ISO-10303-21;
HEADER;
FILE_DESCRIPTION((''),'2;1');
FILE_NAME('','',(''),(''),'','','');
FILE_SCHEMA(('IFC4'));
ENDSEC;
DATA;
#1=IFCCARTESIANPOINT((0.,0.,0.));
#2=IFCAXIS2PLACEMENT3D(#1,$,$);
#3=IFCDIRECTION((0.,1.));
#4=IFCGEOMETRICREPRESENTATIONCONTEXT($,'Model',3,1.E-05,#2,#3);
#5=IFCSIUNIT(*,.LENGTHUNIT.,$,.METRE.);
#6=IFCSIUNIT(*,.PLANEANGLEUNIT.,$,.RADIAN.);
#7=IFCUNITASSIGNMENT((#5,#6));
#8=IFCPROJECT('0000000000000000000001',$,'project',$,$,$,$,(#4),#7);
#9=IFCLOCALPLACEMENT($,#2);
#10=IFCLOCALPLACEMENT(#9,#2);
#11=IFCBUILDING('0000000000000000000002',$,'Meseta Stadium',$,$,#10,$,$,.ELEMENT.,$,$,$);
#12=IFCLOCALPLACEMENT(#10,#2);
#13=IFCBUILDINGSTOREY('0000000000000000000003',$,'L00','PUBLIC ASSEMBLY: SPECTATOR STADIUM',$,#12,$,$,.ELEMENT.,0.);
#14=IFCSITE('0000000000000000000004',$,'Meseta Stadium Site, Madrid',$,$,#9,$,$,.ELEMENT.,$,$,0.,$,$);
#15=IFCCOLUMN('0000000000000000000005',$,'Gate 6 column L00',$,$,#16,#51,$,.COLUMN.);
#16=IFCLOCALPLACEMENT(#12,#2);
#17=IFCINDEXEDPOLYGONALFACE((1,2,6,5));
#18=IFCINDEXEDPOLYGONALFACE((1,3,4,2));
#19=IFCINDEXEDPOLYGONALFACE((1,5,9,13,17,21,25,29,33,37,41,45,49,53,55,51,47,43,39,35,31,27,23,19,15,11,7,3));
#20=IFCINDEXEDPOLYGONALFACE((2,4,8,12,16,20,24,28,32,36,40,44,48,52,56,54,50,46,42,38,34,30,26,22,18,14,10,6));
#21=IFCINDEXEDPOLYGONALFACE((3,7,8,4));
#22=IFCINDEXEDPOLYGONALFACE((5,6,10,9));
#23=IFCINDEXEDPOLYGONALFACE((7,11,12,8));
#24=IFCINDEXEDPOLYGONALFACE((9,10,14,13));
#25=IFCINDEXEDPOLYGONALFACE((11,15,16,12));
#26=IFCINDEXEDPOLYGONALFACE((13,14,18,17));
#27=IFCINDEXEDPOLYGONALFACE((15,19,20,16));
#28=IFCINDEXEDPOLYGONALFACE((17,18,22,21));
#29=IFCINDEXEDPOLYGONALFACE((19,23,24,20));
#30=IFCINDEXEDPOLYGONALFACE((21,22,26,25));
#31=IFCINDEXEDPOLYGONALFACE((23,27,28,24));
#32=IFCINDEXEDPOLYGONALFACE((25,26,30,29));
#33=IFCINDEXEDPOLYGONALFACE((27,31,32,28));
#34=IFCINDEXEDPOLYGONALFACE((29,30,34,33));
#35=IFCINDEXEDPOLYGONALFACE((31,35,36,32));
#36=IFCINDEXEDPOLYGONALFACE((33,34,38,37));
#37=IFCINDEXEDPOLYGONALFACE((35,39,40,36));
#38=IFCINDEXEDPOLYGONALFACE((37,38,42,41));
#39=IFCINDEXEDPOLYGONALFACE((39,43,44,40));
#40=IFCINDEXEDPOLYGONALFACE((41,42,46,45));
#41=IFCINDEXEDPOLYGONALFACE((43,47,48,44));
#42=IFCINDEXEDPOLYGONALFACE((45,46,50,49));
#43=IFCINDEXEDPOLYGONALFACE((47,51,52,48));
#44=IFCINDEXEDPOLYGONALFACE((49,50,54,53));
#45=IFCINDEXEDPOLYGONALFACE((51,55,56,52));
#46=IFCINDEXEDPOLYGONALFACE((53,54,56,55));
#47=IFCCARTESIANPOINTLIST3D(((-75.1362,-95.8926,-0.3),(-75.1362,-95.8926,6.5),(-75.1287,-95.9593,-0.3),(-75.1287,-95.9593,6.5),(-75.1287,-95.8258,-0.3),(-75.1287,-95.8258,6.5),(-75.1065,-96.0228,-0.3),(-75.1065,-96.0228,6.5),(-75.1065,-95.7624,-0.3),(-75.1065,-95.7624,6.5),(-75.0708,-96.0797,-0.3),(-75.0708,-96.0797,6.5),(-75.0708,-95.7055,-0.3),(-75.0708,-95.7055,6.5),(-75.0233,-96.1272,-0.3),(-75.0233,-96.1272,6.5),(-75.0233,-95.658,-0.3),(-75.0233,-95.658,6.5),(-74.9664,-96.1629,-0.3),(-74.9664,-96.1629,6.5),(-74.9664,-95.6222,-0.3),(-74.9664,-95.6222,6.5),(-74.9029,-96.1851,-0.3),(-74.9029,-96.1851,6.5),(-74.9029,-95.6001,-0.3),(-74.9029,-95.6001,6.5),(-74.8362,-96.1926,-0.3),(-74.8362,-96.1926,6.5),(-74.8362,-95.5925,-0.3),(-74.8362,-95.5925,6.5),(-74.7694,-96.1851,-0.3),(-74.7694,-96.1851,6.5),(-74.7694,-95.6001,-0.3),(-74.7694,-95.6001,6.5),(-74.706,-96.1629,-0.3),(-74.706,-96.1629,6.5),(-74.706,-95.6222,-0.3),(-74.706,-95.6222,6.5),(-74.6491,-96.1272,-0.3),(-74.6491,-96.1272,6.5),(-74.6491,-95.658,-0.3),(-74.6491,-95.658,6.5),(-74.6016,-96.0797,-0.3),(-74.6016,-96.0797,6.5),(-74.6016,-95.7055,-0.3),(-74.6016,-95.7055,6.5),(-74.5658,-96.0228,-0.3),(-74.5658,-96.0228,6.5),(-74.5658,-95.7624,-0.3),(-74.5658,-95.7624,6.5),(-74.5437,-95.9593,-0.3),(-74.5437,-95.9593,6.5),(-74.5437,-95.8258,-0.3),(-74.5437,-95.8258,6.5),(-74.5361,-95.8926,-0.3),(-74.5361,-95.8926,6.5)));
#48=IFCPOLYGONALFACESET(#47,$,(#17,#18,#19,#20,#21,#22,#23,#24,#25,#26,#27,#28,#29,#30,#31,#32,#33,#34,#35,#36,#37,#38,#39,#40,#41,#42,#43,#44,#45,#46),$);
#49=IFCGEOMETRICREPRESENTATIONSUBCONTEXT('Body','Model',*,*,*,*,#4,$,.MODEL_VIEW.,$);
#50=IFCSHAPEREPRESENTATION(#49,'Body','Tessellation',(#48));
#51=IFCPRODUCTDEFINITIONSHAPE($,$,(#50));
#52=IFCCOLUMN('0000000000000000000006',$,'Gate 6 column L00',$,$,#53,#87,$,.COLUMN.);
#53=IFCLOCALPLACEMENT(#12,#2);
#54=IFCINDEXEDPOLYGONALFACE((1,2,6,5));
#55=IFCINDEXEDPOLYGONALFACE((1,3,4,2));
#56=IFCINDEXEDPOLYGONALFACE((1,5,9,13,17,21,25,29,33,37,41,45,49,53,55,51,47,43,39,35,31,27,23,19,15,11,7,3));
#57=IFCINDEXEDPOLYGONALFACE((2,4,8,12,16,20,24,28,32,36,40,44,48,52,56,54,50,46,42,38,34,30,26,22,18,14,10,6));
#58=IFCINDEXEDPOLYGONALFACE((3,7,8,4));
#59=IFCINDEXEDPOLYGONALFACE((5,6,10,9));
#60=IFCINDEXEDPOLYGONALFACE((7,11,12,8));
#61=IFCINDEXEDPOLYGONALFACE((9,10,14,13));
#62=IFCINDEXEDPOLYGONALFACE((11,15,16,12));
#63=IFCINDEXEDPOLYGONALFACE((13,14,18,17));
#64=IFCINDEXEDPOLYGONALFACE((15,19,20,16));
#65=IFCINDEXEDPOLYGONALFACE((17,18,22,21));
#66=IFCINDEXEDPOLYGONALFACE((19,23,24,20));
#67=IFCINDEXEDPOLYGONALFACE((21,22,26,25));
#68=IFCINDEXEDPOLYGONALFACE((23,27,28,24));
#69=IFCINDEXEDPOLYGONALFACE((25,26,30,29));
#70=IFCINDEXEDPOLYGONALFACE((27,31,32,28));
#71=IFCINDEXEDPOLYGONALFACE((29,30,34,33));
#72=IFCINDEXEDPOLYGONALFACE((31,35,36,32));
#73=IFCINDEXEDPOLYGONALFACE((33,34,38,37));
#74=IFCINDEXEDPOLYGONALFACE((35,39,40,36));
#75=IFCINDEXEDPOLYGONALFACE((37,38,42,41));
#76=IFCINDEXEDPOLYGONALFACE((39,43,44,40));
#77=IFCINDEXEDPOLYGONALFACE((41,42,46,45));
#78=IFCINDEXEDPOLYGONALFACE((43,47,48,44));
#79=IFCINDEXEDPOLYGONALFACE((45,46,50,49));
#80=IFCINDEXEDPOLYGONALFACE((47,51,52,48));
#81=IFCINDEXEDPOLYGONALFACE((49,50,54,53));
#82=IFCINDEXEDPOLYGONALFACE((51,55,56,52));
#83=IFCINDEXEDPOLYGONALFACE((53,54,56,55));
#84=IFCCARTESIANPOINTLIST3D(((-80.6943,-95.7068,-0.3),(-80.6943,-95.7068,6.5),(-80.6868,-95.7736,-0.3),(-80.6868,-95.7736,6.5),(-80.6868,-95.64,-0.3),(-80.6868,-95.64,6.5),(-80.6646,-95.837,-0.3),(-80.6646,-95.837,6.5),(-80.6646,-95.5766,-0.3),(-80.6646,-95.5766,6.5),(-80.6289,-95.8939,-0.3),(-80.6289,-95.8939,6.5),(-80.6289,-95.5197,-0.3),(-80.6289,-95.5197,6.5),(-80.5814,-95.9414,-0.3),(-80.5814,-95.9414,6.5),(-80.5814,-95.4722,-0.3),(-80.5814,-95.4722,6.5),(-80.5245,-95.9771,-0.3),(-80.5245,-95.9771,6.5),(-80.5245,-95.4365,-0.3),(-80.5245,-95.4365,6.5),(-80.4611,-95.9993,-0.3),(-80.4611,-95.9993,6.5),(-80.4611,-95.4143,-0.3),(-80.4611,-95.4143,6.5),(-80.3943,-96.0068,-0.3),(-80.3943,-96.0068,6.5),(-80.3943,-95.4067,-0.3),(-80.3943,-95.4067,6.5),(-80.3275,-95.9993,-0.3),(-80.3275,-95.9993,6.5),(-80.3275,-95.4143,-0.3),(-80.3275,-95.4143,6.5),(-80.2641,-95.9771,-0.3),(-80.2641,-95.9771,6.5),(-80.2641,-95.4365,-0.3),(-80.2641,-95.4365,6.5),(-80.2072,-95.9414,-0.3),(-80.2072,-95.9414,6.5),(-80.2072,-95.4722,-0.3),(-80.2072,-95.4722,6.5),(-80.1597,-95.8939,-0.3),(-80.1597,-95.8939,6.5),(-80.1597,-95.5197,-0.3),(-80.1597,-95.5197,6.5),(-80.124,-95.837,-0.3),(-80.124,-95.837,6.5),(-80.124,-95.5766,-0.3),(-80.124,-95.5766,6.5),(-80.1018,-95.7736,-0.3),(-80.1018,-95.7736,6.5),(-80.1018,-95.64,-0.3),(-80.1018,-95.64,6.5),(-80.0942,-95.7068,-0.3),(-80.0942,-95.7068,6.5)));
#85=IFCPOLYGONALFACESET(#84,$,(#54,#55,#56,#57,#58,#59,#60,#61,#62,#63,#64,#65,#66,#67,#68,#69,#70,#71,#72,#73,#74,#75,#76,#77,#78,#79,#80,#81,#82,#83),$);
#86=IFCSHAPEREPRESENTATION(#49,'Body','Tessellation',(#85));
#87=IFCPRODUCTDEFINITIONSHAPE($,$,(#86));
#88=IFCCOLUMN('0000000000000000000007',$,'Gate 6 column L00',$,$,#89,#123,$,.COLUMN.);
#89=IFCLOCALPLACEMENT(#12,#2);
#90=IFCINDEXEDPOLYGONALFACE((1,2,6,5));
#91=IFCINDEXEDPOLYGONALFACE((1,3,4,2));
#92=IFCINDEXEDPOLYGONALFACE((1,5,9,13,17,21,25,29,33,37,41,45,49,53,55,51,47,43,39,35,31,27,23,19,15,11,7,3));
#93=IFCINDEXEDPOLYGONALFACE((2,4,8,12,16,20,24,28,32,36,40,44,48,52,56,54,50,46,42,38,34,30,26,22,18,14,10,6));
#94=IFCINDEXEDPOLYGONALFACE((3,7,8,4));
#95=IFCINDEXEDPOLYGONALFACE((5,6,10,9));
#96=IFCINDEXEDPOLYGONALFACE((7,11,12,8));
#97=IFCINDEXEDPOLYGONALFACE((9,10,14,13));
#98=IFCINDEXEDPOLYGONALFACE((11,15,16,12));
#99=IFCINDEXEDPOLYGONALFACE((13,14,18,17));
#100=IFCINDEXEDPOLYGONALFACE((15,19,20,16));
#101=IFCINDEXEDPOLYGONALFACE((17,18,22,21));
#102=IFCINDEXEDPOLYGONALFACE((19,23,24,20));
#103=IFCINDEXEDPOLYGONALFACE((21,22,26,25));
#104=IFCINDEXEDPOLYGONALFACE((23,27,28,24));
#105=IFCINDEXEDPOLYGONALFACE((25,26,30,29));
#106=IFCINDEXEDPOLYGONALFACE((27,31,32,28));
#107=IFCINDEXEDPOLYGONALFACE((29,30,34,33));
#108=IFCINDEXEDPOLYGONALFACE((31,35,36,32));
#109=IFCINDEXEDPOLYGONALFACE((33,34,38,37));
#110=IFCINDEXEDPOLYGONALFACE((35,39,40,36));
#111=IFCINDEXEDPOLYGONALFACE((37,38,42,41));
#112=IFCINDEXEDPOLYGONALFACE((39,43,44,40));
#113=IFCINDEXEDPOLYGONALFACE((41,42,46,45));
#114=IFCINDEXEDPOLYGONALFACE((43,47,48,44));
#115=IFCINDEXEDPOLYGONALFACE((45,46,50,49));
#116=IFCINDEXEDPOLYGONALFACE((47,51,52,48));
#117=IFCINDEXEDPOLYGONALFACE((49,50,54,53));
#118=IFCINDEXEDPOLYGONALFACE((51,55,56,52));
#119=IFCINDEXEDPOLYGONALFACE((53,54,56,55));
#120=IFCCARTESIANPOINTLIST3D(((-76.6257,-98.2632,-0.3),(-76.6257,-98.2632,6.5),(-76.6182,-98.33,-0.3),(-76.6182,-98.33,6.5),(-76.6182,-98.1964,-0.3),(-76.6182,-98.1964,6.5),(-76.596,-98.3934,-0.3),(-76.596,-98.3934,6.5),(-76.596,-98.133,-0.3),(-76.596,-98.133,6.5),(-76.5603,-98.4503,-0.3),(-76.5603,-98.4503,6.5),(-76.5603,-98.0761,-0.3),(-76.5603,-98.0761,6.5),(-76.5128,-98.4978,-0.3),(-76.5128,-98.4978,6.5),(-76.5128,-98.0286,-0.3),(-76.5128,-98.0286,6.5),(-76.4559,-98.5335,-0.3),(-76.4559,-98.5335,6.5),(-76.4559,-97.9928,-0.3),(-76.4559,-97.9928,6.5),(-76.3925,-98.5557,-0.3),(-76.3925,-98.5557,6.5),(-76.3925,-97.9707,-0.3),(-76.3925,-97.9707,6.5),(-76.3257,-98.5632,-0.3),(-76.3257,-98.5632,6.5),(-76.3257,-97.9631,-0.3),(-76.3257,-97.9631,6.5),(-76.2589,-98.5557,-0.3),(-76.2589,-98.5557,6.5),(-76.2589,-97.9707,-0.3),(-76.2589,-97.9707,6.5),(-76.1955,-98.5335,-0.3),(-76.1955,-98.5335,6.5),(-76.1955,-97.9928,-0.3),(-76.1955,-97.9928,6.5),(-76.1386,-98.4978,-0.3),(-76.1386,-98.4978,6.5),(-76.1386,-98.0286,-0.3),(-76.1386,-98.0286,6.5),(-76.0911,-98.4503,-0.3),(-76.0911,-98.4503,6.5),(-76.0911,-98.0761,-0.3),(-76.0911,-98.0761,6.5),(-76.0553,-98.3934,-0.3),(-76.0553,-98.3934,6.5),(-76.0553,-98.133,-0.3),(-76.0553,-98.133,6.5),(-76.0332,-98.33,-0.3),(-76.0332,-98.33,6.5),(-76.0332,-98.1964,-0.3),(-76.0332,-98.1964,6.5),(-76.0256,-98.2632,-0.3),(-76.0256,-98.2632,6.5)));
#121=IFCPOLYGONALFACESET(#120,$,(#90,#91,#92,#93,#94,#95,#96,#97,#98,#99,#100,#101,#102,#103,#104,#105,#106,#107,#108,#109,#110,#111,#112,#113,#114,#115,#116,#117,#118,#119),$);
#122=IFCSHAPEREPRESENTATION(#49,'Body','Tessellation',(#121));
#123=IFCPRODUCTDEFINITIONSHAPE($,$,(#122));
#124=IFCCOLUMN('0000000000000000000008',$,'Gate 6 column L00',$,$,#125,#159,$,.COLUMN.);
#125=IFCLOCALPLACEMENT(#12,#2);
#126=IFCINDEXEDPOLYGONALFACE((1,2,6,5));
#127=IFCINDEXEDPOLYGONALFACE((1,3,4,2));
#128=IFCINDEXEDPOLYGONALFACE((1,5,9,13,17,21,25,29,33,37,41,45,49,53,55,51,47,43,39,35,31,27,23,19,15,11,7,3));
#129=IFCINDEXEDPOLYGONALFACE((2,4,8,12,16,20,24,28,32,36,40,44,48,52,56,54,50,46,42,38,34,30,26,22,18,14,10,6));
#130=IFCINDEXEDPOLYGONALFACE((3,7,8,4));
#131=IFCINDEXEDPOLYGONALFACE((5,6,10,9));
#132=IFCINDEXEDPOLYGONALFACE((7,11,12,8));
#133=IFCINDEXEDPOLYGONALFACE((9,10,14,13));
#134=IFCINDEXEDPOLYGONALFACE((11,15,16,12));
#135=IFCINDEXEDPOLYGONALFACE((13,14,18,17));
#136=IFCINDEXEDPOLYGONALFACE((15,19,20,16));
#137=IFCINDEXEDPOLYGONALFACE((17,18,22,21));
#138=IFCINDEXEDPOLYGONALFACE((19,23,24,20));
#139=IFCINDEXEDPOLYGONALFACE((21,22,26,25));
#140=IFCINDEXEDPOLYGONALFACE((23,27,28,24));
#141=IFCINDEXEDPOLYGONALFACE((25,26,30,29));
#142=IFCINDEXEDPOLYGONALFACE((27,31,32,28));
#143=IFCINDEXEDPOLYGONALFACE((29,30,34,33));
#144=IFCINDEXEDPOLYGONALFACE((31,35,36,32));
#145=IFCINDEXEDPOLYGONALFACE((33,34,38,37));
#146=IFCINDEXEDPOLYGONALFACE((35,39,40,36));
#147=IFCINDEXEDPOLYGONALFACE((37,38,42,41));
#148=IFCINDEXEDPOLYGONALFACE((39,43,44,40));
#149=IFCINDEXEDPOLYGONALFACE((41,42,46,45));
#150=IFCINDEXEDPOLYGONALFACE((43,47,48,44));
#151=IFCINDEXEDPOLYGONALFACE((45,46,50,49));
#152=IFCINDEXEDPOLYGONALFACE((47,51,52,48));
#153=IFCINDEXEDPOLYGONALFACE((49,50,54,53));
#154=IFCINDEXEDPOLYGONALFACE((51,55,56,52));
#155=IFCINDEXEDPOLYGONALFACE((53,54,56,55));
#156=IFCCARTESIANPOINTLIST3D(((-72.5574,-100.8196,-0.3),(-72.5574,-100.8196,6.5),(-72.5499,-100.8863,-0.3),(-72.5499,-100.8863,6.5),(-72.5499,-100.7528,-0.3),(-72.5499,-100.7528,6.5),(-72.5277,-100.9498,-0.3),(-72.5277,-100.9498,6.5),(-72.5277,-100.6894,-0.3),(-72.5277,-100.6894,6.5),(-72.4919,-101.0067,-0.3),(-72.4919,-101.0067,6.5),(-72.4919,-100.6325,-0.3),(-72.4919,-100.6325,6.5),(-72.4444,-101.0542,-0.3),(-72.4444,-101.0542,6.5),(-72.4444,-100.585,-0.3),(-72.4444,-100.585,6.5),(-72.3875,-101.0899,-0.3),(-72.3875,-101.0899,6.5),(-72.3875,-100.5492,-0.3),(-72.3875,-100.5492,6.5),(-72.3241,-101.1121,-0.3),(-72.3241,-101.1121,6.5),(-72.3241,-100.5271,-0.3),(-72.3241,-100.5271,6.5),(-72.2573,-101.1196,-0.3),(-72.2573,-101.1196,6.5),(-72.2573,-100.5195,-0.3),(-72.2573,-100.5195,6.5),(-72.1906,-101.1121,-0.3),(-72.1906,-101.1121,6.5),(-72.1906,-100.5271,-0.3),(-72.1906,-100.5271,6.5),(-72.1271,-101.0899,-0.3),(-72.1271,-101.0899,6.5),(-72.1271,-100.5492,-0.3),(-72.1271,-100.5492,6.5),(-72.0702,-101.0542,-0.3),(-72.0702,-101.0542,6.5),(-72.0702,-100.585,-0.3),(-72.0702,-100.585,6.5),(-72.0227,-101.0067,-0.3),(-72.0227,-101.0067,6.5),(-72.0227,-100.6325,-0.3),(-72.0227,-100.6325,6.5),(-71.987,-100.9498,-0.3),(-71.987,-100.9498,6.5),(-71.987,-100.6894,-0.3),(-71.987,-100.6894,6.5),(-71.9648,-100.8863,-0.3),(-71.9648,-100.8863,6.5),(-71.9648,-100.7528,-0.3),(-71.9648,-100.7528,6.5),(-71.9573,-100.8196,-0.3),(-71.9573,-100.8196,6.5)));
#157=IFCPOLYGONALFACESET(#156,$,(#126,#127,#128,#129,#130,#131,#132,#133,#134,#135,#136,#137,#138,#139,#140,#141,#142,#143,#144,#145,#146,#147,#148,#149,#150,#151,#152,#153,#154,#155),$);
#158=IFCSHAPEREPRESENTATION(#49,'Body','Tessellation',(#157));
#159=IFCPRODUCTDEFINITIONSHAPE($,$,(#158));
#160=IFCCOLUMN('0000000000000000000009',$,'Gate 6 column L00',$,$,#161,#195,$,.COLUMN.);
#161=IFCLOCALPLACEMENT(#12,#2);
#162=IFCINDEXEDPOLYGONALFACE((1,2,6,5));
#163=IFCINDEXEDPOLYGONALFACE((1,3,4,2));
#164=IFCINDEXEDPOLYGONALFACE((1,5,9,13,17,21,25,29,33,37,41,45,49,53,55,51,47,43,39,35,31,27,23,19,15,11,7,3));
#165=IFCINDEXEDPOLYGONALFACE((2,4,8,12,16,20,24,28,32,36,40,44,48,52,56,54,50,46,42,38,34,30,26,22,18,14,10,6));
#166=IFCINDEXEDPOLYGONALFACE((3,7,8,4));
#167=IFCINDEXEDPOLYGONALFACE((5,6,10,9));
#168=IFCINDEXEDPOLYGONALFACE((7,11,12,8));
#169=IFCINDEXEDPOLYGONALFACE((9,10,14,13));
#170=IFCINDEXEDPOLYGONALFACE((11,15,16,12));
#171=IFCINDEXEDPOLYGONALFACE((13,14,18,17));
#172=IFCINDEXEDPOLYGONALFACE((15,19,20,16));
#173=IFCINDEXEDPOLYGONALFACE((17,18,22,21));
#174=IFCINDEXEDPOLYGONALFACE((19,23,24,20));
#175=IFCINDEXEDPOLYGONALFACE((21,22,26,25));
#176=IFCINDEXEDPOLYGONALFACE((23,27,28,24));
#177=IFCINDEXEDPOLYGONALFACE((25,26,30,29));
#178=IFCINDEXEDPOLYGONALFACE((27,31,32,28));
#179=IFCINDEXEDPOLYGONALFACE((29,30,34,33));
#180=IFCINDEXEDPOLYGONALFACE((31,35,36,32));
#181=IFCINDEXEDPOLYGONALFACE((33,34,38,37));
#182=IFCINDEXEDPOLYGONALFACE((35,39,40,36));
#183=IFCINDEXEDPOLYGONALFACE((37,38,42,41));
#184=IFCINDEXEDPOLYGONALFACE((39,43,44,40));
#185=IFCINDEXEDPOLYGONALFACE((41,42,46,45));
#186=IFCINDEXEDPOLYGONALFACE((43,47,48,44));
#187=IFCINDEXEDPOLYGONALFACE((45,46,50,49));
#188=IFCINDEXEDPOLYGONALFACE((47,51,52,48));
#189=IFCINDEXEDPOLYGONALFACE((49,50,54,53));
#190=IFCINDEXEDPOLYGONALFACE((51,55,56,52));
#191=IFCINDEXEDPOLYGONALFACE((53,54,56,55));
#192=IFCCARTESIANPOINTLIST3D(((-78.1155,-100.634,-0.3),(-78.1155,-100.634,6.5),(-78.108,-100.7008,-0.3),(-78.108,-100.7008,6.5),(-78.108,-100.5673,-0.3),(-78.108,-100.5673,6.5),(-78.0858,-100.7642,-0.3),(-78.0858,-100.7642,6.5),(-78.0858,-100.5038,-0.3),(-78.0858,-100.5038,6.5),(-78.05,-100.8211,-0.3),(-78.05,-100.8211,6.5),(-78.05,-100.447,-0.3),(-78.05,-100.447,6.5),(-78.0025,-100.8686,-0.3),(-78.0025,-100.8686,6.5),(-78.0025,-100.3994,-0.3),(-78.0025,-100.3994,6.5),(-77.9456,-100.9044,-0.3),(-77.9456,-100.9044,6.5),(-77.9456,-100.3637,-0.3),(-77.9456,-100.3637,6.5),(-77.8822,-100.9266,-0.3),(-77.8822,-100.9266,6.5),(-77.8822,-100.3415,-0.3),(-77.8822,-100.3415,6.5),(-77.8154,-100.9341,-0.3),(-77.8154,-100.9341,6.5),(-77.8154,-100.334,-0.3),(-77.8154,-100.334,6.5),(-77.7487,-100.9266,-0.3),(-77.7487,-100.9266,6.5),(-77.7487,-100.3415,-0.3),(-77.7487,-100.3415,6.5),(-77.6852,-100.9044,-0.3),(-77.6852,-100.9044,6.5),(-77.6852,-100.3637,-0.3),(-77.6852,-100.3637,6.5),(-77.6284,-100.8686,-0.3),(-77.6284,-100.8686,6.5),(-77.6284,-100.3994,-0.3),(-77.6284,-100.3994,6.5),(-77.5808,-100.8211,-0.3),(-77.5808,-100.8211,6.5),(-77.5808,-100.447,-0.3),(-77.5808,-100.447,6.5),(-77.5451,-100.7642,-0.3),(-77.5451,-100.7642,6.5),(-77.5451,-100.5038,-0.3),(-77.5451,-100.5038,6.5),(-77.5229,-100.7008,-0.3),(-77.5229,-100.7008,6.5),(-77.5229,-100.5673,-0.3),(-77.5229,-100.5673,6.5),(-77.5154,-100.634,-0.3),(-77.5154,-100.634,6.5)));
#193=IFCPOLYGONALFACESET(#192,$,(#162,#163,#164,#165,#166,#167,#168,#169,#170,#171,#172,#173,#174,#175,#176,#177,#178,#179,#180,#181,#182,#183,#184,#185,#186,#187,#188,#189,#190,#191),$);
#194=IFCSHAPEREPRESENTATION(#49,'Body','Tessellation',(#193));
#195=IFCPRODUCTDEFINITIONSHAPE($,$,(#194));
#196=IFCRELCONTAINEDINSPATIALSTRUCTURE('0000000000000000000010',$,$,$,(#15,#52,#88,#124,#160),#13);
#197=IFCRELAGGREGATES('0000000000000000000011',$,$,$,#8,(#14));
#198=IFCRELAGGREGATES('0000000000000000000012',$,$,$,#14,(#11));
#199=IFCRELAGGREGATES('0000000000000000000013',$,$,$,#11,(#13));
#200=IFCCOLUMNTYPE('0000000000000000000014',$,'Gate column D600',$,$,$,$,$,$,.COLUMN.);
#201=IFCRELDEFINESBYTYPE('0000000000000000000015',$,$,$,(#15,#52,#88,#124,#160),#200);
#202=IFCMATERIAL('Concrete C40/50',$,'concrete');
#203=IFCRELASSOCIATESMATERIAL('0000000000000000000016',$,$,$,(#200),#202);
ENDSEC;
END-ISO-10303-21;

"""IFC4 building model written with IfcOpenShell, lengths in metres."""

from ifc_helpers import new_model, si_unit, direction, frame, origin, origin_2d, place, context, subcontext, project, spatial, circle, extrude, material, material_profile, profile_set, type_object, element, save


model = new_model("IFC4")

# Units and contexts
model_context = context("Model", 3, precision=1e-05, world=origin(), true_north=direction((0.0, 1.0)))
body_context = subcontext(model_context, "Body", "Model", "MODEL_VIEW")
ifc_project = project(units=[si_unit("LENGTHUNIT", "METRE"), si_unit("PLANEANGLEUNIT", "RADIAN")], contexts=[model_context])

# Site, building, storey
site_placement = place(None, origin())
site = spatial("IfcSite", under=ifc_project, at=site_placement, Name="Meseta Stadium Site, Madrid", CompositionType="ELEMENT", RefElevation=0.0)
building_placement = place(site_placement, origin())
building = spatial("IfcBuilding", under=site, at=building_placement, Name="Meseta Stadium", CompositionType="ELEMENT")
storey_placement = place(building_placement, origin())
storey = spatial("IfcBuildingStorey", under=building, at=storey_placement, Name="L00", Description="PUBLIC ASSEMBLY: SPECTATOR STADIUM", CompositionType="ELEMENT", Elevation=0.0)

# Columns
ifc_material_1 = material(Name="Concrete C40/50", Category="concrete")
ifc_material_profile_1 = material_profile(ifc_material_1, circle(Radius=0.3, at=origin_2d()), Name="RC D600")
ifc_profile_set_1 = profile_set([ifc_material_profile_1], Name="Concrete C40/50")
column_type = type_object("IfcColumnType", Name="Gate column D600", PredefinedType="COLUMN", material=ifc_profile_set_1)
for number, where, z_axis, x_axis, name in (
    (1, (-74.8362, -95.8926, -0.3), (0.0, 0.0, 1.0), (1.0, 0.0, 0.0), "Gate 6 column L00"),
    (2, (-80.3943, -95.7068, -0.3), (0.0, 0.0, 1.0), (1.0, 0.0, 0.0), "Gate 6 column L00"),
    (3, (-76.3257, -98.2632, -0.3), (0.0, 0.0, 1.0), (1.0, 0.0, 0.0), "Gate 6 column L00"),
    (4, (-72.2573, -100.8196, -0.3), (0.0, 0.0, 1.0), (1.0, 0.0, 0.0), "Gate 6 column L00"),
    (5, (-77.8154, -100.634, -0.3), (0.0, 0.0, 1.0), (1.0, 0.0, 0.0), "Gate 6 column L00"),
):
    element("IfcColumn", number, at=place(storey_placement, frame(where, z_axis=z_axis, x_axis=x_axis)), inside=storey, type_object=column_type, Name=name, PredefinedType="COLUMN", context=body_context, shape_type="SweptSolid", body=[
        extrude(circle(Radius=0.3, at=origin_2d()), origin(), (0.0, 0.0, 1.0), 6.8),
    ])

save(model, "model.ifc")
